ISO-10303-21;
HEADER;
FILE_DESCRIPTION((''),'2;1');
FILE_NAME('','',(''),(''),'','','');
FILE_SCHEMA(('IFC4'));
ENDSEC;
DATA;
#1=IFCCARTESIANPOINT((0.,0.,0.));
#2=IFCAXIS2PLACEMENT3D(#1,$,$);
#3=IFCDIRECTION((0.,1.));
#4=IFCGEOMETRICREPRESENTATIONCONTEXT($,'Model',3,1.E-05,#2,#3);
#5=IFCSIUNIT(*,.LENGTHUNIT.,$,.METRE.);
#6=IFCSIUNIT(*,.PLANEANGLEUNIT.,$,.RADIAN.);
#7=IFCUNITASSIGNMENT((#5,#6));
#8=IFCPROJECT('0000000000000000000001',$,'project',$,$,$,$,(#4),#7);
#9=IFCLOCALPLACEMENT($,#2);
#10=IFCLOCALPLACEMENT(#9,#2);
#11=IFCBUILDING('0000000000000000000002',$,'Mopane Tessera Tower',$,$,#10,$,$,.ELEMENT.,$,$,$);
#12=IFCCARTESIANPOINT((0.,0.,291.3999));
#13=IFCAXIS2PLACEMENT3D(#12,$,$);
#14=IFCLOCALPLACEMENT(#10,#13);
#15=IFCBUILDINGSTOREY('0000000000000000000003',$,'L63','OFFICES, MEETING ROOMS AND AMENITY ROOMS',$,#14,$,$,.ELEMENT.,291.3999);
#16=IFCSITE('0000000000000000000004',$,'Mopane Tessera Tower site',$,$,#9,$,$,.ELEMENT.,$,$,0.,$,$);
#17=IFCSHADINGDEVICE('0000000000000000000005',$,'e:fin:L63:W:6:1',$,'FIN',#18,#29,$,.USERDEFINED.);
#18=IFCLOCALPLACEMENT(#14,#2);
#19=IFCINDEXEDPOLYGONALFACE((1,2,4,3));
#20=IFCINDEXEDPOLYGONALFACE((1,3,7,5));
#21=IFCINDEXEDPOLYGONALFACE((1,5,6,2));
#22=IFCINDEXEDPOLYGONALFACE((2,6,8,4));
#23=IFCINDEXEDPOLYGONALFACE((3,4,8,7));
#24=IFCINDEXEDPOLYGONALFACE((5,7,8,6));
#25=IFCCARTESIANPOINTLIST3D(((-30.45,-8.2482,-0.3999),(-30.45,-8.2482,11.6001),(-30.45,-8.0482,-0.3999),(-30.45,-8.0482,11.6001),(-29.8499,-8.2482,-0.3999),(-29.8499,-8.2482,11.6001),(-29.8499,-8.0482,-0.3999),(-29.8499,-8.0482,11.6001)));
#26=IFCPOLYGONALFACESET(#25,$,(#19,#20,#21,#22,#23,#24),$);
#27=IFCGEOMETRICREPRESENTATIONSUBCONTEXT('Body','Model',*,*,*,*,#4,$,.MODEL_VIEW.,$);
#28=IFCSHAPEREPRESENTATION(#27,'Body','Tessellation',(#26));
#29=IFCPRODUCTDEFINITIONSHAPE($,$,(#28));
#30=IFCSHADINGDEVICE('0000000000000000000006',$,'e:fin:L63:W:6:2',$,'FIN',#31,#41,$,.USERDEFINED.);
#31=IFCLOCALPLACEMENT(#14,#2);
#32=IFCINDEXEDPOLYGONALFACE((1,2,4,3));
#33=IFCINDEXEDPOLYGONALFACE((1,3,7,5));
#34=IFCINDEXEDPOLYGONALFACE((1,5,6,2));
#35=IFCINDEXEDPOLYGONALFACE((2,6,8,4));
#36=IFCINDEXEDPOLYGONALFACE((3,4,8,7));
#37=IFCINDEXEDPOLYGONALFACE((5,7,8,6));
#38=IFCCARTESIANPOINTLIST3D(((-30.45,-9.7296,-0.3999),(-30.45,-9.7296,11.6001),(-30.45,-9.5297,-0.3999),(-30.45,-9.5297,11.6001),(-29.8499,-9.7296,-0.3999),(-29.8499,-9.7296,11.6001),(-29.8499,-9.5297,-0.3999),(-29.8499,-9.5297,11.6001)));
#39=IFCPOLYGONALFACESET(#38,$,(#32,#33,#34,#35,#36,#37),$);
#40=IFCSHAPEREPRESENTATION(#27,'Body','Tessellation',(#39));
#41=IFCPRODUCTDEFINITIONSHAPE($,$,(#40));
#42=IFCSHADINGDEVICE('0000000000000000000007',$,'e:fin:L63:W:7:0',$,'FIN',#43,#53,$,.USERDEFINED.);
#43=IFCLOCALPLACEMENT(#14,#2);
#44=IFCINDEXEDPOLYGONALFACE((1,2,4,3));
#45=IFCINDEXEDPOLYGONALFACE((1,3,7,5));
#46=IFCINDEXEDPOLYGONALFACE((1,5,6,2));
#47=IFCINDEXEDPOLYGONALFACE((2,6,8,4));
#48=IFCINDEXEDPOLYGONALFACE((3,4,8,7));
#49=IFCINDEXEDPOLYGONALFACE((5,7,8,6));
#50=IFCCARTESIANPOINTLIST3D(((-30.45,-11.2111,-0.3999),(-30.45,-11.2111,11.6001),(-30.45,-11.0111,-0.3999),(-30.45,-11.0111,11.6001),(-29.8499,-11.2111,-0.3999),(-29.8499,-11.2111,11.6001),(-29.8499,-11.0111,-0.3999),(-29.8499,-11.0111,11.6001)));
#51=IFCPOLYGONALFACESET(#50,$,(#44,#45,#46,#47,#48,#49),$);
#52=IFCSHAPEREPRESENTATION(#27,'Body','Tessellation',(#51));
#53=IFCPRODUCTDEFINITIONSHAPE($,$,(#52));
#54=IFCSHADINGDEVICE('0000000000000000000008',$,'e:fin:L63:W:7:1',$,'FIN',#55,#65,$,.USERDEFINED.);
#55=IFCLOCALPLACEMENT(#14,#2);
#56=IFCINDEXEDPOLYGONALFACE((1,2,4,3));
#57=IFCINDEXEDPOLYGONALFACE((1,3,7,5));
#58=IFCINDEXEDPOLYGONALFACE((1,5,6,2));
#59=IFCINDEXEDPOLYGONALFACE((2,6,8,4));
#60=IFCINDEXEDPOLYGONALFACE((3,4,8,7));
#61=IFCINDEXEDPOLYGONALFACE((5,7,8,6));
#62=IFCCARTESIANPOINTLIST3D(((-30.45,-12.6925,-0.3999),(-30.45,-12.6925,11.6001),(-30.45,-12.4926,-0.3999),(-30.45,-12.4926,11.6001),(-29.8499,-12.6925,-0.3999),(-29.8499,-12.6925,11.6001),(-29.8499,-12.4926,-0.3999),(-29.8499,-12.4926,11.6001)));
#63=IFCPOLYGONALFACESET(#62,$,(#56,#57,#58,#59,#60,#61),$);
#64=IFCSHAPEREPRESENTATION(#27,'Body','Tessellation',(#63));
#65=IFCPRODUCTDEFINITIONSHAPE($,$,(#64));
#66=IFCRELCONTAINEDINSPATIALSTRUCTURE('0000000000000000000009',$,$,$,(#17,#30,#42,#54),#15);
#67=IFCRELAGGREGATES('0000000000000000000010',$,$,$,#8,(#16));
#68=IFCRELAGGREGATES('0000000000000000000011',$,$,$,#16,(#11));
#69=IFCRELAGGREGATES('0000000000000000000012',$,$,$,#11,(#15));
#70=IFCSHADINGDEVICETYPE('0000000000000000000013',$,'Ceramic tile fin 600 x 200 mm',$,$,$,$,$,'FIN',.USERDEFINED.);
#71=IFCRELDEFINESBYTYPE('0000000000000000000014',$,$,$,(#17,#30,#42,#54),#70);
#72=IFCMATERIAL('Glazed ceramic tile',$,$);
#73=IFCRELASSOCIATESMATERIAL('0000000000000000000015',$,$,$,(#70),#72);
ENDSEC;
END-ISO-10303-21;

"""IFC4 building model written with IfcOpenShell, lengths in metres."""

from ifc_helpers import new_model, si_unit, direction, frame, origin, origin_2d, place, context, subcontext, project, spatial, rectangle, extrude, material, type_object, element, save


model = new_model("IFC4")

# Units and contexts
model_context = context("Model", 3, precision=1e-05, world=origin(), true_north=direction((0.0, 1.0)))
body_context = subcontext(model_context, "Body", "Model", "MODEL_VIEW")
ifc_project = project(units=[si_unit("LENGTHUNIT", "METRE"), si_unit("PLANEANGLEUNIT", "RADIAN")], contexts=[model_context])

# Site, building, storey
site_placement = place(None, origin())
site = spatial("IfcSite", under=ifc_project, at=site_placement, Name="Mopane Tessera Tower site", CompositionType="ELEMENT", RefElevation=0.0)
building_placement = place(site_placement, origin())
building = spatial("IfcBuilding", under=site, at=building_placement, Name="Mopane Tessera Tower", CompositionType="ELEMENT")
storey_placement = place(building_placement, frame((0.0, 0.0, 291.3999)))
storey = spatial("IfcBuildingStorey", under=building, at=storey_placement, Name="L63", Description="OFFICES, MEETING ROOMS AND AMENITY ROOMS", CompositionType="ELEMENT", Elevation=291.3999)

# Shading devices
ifc_material_1 = material(Name="Glazed ceramic tile")
shading_device_type = type_object("IfcShadingDeviceType", Name="Ceramic tile fin 600 x 200 mm", ElementType="FIN", PredefinedType="USERDEFINED", material=ifc_material_1)
for number, where, z_axis, x_axis, name in (
    (1, (-30.1499, -8.1482, -0.3999), (0.0, 0.0, 1.0), (0.0, -1.0, 0.0), "e:fin:L63:W:6:1"),
    (2, (-30.1499, -9.6296, -0.3999), (0.0, 0.0, 1.0), (0.0, -1.0, 0.0), "e:fin:L63:W:6:2"),
    (3, (-30.1499, -11.1111, -0.3999), (0.0, 0.0, 1.0), (0.0, -1.0, 0.0), "e:fin:L63:W:7:0"),
    (4, (-30.1499, -12.5925, -0.3999), (0.0, 0.0, 1.0), (0.0, -1.0, 0.0), "e:fin:L63:W:7:1"),
):
    element("IfcShadingDevice", number, at=place(storey_placement, frame(where, z_axis=z_axis, x_axis=x_axis)), inside=storey, type_object=shading_device_type, Name=name, ObjectType="FIN", PredefinedType="USERDEFINED", context=body_context, shape_type="SweptSolid", body=[
        extrude(rectangle(XDim=0.2, YDim=0.6001, at=origin_2d()), origin(), (0.0, 0.0, 1.0), 12.0),
    ])

save(model, "model.ifc")
